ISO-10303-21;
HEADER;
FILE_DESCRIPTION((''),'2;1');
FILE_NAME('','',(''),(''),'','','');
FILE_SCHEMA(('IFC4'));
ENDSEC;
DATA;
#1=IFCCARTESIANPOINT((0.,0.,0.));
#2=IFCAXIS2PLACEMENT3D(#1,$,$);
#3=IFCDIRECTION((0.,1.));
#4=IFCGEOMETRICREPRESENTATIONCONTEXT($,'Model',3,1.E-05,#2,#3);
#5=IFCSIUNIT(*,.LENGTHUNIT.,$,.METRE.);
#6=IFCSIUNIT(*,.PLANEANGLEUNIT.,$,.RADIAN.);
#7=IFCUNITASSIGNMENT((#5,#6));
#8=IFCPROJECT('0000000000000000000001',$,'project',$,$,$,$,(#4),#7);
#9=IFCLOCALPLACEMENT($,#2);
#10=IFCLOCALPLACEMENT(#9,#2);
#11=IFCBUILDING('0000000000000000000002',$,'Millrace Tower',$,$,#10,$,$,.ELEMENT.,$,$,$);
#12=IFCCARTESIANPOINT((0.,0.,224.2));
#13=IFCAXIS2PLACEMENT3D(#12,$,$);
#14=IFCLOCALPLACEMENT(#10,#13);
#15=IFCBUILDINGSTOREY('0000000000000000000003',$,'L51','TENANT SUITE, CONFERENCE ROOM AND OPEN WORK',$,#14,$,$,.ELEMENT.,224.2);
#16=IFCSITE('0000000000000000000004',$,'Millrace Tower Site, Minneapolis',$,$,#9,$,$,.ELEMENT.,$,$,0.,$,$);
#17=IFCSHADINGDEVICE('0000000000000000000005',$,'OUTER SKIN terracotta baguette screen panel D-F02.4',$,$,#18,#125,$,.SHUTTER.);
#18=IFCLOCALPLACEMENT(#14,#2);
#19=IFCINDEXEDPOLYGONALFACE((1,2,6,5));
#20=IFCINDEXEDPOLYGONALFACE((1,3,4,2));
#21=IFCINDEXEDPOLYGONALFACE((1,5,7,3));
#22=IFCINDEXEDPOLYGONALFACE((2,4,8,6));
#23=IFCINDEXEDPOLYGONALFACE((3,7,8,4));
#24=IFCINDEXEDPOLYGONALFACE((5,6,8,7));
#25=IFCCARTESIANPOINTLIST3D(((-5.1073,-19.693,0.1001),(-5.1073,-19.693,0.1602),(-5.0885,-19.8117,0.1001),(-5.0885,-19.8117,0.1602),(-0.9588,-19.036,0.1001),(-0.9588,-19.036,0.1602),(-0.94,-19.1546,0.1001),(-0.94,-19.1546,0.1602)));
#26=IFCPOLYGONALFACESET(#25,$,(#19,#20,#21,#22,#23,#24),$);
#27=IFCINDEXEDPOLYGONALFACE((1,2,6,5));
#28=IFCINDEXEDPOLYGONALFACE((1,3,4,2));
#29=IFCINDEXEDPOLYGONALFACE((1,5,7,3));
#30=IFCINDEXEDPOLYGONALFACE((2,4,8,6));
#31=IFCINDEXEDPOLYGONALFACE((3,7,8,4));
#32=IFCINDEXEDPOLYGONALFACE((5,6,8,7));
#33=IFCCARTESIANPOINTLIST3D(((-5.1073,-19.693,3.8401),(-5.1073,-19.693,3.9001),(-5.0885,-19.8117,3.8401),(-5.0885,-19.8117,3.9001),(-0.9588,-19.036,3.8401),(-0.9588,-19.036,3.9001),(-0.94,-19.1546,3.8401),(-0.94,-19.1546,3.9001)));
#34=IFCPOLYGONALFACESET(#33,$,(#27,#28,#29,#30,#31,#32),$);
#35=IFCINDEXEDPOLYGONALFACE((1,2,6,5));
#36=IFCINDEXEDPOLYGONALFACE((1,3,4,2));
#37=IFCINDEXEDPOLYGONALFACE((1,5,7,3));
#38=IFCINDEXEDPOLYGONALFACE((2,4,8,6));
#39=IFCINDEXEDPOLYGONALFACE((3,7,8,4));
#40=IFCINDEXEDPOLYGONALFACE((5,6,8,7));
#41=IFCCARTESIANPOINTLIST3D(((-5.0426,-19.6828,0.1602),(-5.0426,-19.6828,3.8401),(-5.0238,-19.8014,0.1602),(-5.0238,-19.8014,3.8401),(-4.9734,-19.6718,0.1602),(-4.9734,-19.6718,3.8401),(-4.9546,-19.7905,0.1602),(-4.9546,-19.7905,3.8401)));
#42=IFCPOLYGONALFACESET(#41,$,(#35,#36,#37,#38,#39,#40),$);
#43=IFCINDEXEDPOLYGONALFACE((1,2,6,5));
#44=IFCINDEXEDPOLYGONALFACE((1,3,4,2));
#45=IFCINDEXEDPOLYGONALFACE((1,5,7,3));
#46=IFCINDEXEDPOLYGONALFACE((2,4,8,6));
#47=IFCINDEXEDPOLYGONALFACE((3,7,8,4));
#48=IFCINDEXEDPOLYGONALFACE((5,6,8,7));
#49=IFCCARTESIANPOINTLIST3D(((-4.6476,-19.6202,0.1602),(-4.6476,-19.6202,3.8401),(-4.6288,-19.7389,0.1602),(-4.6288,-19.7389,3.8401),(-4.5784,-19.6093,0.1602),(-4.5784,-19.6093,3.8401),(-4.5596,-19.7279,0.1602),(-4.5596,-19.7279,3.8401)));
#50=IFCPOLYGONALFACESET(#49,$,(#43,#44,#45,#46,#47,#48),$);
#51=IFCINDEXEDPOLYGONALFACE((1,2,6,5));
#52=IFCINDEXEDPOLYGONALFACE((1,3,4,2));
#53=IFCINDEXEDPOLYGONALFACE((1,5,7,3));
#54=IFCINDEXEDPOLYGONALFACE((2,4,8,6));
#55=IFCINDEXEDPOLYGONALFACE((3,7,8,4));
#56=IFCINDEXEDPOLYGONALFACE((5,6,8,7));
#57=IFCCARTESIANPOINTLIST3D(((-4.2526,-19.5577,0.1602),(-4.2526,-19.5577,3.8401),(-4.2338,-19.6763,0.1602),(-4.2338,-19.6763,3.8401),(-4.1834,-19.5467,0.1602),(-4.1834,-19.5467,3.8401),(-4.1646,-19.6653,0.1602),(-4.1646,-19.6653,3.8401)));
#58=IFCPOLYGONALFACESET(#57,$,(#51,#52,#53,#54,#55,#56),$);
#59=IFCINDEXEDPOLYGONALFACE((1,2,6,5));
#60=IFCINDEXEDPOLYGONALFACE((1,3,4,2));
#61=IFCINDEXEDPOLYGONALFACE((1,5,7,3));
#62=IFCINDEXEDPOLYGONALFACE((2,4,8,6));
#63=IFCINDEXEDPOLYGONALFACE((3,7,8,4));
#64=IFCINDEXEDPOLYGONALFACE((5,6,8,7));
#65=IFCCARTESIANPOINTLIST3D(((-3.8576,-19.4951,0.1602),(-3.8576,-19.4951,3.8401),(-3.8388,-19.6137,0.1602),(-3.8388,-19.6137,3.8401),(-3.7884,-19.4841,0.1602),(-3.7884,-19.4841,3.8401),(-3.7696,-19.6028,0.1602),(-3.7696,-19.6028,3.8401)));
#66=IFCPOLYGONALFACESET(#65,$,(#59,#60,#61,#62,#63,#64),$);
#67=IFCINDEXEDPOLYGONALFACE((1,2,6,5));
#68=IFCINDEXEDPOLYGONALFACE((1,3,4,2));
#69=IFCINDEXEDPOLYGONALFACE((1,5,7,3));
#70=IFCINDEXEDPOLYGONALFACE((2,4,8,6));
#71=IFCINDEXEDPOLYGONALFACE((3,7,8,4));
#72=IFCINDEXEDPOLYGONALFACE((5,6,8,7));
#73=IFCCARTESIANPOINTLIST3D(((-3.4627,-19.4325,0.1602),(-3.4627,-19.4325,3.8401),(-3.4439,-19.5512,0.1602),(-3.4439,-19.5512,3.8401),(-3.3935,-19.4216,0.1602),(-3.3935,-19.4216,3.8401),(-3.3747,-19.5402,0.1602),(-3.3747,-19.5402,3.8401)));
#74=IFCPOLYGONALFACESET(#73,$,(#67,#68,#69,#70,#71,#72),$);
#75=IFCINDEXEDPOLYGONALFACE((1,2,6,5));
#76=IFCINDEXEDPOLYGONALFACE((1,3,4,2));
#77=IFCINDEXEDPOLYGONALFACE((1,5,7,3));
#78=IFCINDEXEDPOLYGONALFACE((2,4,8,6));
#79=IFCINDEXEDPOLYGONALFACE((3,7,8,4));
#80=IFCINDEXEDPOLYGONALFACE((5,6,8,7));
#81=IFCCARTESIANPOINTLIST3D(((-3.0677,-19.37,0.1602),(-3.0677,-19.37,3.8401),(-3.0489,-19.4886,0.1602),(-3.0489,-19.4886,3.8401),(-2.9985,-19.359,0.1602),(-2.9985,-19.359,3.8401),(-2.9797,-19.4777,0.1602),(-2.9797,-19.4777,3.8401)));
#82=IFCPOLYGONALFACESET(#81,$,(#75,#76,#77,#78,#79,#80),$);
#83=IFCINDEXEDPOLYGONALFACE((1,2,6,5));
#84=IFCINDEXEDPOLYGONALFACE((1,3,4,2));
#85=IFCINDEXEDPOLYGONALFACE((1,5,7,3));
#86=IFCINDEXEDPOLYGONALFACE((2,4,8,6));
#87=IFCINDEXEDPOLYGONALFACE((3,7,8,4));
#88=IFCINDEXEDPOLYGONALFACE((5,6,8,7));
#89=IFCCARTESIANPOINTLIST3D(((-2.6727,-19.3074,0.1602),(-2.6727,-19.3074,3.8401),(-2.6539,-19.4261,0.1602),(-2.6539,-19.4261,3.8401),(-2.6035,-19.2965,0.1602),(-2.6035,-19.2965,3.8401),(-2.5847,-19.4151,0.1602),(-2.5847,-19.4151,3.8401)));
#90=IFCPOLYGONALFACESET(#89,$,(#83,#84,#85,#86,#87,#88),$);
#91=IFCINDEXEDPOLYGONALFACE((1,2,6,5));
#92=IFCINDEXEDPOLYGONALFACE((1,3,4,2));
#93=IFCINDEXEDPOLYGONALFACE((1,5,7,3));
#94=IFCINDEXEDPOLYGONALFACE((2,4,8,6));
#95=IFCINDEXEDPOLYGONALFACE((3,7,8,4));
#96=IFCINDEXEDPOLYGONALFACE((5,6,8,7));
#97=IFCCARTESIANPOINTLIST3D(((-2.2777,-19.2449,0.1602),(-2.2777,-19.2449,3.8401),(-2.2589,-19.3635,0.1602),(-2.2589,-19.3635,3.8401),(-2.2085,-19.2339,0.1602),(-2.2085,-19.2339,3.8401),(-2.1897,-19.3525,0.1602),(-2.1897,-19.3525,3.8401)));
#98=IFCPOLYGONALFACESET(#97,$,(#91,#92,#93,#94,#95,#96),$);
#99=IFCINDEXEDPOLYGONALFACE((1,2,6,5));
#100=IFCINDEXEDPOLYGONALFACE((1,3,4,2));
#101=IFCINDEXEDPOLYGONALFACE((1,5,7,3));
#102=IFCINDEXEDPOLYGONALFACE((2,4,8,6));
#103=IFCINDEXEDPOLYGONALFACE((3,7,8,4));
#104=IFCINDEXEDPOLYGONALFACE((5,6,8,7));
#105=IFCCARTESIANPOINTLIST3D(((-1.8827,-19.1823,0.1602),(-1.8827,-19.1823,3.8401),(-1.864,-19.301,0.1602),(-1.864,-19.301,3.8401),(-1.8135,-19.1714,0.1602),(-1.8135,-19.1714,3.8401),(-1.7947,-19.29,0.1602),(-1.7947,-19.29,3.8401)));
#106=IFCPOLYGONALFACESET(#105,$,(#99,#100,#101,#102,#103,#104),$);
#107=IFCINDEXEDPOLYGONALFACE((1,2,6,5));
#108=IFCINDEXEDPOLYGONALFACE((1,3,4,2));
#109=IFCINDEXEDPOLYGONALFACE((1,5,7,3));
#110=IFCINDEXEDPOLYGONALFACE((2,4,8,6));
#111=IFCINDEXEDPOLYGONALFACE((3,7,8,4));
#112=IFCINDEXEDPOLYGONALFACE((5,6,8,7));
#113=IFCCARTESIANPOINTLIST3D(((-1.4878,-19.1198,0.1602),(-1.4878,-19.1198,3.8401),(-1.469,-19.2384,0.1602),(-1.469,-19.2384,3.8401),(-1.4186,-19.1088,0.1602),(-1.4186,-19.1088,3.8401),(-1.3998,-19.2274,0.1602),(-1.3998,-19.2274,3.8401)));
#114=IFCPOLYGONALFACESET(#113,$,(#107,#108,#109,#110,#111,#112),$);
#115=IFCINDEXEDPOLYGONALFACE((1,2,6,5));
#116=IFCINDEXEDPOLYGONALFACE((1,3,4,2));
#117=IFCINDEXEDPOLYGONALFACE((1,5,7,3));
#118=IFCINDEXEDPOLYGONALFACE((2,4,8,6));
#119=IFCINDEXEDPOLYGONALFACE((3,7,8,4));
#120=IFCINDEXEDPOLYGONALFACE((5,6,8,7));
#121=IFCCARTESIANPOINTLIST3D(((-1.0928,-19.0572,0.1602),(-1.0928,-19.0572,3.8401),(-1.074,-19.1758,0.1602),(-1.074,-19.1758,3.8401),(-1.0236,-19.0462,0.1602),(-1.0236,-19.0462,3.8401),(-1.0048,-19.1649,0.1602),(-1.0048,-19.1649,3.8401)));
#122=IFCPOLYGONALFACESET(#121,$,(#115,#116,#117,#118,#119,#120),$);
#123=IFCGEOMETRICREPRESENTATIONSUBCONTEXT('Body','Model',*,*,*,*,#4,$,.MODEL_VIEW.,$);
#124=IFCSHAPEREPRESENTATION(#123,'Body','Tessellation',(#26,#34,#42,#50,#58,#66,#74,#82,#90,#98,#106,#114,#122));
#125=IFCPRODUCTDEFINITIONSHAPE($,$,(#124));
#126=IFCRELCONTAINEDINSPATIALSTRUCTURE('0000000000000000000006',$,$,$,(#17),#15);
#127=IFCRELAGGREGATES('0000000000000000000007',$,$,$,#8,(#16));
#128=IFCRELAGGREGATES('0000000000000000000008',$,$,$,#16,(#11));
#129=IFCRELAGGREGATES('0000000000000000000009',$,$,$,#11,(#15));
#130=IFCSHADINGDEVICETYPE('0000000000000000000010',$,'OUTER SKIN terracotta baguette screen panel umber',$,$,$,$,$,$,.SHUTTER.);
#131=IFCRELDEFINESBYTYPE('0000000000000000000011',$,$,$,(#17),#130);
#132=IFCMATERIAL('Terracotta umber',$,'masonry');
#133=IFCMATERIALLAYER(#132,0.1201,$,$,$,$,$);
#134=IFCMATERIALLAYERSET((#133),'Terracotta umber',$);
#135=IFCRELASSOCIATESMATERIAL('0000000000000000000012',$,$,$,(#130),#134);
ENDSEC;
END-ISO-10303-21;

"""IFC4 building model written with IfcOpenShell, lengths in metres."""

from ifc_helpers import new_model, entity, si_unit, direction, frame, frame_2d, origin, origin_2d, place, context, subcontext, project, spatial, rectangle, extrude, source, transform, mapped, material, layer, layer_set, type_object, element, save


model = new_model("IFC4")

# Units and contexts
model_context = context("Model", 3, precision=1e-05, world=origin(), true_north=direction((0.0, 1.0)))
body_context = subcontext(model_context, "Body", "Model", "MODEL_VIEW")
ifc_project = project(units=[si_unit("LENGTHUNIT", "METRE"), si_unit("PLANEANGLEUNIT", "RADIAN")], contexts=[model_context])

# Site, building, storey
site_placement = place(None, origin())
site = spatial("IfcSite", under=ifc_project, at=site_placement, Name="Millrace Tower Site, Minneapolis", CompositionType="ELEMENT", RefElevation=0.0)
building_placement = place(site_placement, origin())
building = spatial("IfcBuilding", under=site, at=building_placement, Name="Millrace Tower", CompositionType="ELEMENT")
storey_placement = place(building_placement, frame((0.0, 0.0, 224.2)))
storey = spatial("IfcBuildingStorey", under=building, at=storey_placement, Name="L51", Description="TENANT SUITE, CONFERENCE ROOM AND OPEN WORK", CompositionType="ELEMENT", Elevation=224.2)

# Shading device
ifc_material_1 = material(Name="Terracotta umber", Category="masonry")
ifc_layer_1 = layer(ifc_material_1, 0.1201)
ifc_layer_set_1 = layer_set([ifc_layer_1], Name="Terracotta umber")
shading_device_type = type_object("IfcShadingDeviceType", Name="OUTER SKIN terracotta baguette screen panel umber", PredefinedType="SHUTTER", material=ifc_layer_set_1)
cartesian_point = entity("IfcCartesianPoint", [-2.1001, 0.0601])
shared_polyline = entity("IfcPolyline", [cartesian_point, entity("IfcCartesianPoint", [2.1001, 0.0601]), entity("IfcCartesianPoint", [2.1001, -0.0601]), entity("IfcCartesianPoint", [-2.1001, -0.0601]), cartesian_point])
shared_shape = source(origin(), body_context, "Body", "SweptSolid", [
    entity("IfcExtrudedAreaSolid", entity("IfcArbitraryClosedProfileDef", "AREA", None, shared_polyline), entity("IfcAxis2Placement3D", entity("IfcCartesianPoint", [0.0, 0.0, 0.0])), entity("IfcDirection", [0.0, 0.0, 1.0]), 0.0601),
    entity("IfcExtrudedAreaSolid", entity("IfcArbitraryClosedProfileDef", "AREA", None, shared_polyline), entity("IfcAxis2Placement3D", entity("IfcCartesianPoint", [0.0, 0.0, 3.74])), entity("IfcDirection", [0.0, 0.0, 1.0]), 0.0601),
    extrude(rectangle(XDim=0.0701, YDim=0.1201, at=frame_2d((-1.9995, 0.0))), frame((0.0, 0.0, 0.0601)), (0.0, 0.0, 1.0), 3.6799),
    extrude(rectangle(XDim=0.0701, YDim=0.1201, at=frame_2d((-1.5996, 0.0))), frame((0.0, 0.0, 0.0601)), (0.0, 0.0, 1.0), 3.6799),
    extrude(rectangle(XDim=0.0701, YDim=0.1201, at=frame_2d((-1.1997, 0.0))), frame((0.0, 0.0, 0.0601)), (0.0, 0.0, 1.0), 3.6799),
    extrude(rectangle(XDim=0.0701, YDim=0.1201, at=frame_2d((-0.7998, 0.0))), frame((0.0, 0.0, 0.0601)), (0.0, 0.0, 1.0), 3.6799),
    extrude(rectangle(XDim=0.0701, YDim=0.1201, at=frame_2d((-0.3999, 0.0))), frame((0.0, 0.0, 0.0601)), (0.0, 0.0, 1.0), 3.6799),
    extrude(rectangle(XDim=0.0701, YDim=0.1201, at=origin_2d()), frame((0.0, 0.0, 0.0601)), (0.0, 0.0, 1.0), 3.6799),
    extrude(rectangle(XDim=0.0701, YDim=0.1201, at=frame_2d((0.3999, 0.0))), frame((0.0, 0.0, 0.0601)), (0.0, 0.0, 1.0), 3.6799),
    extrude(rectangle(XDim=0.0701, YDim=0.1201, at=frame_2d((0.7998, 0.0))), frame((0.0, 0.0, 0.0601)), (0.0, 0.0, 1.0), 3.6799),
    extrude(rectangle(XDim=0.0701, YDim=0.1201, at=frame_2d((1.1997, 0.0))), frame((0.0, 0.0, 0.0601)), (0.0, 0.0, 1.0), 3.6799),
    extrude(rectangle(XDim=0.0701, YDim=0.1201, at=frame_2d((1.5996, 0.0))), frame((0.0, 0.0, 0.0601)), (0.0, 0.0, 1.0), 3.6799),
    extrude(rectangle(XDim=0.0701, YDim=0.1201, at=frame_2d((1.9995, 0.0))), frame((0.0, 0.0, 0.0601)), (0.0, 0.0, 1.0), 3.6799),
])
for number, where, z_axis, x_axis, name in (
    (1, (-3.0237, -19.4238, 0.1001), (0.0, 0.0, 1.0), (0.987688, 0.156434, 0.0), "OUTER SKIN terracotta baguette screen panel D-F02.4"),
):
    element("IfcShadingDevice", number, at=place(storey_placement, frame(where, z_axis=z_axis, x_axis=x_axis)), inside=storey, type_object=shading_device_type, Name=name, PredefinedType="SHUTTER", context=body_context, shape_type="MappedRepresentation", body=[
        mapped(shared_shape, transform((0.0, 0.0, 0.0), scale=1.0)),
    ])

save(model, "model.ifc")
